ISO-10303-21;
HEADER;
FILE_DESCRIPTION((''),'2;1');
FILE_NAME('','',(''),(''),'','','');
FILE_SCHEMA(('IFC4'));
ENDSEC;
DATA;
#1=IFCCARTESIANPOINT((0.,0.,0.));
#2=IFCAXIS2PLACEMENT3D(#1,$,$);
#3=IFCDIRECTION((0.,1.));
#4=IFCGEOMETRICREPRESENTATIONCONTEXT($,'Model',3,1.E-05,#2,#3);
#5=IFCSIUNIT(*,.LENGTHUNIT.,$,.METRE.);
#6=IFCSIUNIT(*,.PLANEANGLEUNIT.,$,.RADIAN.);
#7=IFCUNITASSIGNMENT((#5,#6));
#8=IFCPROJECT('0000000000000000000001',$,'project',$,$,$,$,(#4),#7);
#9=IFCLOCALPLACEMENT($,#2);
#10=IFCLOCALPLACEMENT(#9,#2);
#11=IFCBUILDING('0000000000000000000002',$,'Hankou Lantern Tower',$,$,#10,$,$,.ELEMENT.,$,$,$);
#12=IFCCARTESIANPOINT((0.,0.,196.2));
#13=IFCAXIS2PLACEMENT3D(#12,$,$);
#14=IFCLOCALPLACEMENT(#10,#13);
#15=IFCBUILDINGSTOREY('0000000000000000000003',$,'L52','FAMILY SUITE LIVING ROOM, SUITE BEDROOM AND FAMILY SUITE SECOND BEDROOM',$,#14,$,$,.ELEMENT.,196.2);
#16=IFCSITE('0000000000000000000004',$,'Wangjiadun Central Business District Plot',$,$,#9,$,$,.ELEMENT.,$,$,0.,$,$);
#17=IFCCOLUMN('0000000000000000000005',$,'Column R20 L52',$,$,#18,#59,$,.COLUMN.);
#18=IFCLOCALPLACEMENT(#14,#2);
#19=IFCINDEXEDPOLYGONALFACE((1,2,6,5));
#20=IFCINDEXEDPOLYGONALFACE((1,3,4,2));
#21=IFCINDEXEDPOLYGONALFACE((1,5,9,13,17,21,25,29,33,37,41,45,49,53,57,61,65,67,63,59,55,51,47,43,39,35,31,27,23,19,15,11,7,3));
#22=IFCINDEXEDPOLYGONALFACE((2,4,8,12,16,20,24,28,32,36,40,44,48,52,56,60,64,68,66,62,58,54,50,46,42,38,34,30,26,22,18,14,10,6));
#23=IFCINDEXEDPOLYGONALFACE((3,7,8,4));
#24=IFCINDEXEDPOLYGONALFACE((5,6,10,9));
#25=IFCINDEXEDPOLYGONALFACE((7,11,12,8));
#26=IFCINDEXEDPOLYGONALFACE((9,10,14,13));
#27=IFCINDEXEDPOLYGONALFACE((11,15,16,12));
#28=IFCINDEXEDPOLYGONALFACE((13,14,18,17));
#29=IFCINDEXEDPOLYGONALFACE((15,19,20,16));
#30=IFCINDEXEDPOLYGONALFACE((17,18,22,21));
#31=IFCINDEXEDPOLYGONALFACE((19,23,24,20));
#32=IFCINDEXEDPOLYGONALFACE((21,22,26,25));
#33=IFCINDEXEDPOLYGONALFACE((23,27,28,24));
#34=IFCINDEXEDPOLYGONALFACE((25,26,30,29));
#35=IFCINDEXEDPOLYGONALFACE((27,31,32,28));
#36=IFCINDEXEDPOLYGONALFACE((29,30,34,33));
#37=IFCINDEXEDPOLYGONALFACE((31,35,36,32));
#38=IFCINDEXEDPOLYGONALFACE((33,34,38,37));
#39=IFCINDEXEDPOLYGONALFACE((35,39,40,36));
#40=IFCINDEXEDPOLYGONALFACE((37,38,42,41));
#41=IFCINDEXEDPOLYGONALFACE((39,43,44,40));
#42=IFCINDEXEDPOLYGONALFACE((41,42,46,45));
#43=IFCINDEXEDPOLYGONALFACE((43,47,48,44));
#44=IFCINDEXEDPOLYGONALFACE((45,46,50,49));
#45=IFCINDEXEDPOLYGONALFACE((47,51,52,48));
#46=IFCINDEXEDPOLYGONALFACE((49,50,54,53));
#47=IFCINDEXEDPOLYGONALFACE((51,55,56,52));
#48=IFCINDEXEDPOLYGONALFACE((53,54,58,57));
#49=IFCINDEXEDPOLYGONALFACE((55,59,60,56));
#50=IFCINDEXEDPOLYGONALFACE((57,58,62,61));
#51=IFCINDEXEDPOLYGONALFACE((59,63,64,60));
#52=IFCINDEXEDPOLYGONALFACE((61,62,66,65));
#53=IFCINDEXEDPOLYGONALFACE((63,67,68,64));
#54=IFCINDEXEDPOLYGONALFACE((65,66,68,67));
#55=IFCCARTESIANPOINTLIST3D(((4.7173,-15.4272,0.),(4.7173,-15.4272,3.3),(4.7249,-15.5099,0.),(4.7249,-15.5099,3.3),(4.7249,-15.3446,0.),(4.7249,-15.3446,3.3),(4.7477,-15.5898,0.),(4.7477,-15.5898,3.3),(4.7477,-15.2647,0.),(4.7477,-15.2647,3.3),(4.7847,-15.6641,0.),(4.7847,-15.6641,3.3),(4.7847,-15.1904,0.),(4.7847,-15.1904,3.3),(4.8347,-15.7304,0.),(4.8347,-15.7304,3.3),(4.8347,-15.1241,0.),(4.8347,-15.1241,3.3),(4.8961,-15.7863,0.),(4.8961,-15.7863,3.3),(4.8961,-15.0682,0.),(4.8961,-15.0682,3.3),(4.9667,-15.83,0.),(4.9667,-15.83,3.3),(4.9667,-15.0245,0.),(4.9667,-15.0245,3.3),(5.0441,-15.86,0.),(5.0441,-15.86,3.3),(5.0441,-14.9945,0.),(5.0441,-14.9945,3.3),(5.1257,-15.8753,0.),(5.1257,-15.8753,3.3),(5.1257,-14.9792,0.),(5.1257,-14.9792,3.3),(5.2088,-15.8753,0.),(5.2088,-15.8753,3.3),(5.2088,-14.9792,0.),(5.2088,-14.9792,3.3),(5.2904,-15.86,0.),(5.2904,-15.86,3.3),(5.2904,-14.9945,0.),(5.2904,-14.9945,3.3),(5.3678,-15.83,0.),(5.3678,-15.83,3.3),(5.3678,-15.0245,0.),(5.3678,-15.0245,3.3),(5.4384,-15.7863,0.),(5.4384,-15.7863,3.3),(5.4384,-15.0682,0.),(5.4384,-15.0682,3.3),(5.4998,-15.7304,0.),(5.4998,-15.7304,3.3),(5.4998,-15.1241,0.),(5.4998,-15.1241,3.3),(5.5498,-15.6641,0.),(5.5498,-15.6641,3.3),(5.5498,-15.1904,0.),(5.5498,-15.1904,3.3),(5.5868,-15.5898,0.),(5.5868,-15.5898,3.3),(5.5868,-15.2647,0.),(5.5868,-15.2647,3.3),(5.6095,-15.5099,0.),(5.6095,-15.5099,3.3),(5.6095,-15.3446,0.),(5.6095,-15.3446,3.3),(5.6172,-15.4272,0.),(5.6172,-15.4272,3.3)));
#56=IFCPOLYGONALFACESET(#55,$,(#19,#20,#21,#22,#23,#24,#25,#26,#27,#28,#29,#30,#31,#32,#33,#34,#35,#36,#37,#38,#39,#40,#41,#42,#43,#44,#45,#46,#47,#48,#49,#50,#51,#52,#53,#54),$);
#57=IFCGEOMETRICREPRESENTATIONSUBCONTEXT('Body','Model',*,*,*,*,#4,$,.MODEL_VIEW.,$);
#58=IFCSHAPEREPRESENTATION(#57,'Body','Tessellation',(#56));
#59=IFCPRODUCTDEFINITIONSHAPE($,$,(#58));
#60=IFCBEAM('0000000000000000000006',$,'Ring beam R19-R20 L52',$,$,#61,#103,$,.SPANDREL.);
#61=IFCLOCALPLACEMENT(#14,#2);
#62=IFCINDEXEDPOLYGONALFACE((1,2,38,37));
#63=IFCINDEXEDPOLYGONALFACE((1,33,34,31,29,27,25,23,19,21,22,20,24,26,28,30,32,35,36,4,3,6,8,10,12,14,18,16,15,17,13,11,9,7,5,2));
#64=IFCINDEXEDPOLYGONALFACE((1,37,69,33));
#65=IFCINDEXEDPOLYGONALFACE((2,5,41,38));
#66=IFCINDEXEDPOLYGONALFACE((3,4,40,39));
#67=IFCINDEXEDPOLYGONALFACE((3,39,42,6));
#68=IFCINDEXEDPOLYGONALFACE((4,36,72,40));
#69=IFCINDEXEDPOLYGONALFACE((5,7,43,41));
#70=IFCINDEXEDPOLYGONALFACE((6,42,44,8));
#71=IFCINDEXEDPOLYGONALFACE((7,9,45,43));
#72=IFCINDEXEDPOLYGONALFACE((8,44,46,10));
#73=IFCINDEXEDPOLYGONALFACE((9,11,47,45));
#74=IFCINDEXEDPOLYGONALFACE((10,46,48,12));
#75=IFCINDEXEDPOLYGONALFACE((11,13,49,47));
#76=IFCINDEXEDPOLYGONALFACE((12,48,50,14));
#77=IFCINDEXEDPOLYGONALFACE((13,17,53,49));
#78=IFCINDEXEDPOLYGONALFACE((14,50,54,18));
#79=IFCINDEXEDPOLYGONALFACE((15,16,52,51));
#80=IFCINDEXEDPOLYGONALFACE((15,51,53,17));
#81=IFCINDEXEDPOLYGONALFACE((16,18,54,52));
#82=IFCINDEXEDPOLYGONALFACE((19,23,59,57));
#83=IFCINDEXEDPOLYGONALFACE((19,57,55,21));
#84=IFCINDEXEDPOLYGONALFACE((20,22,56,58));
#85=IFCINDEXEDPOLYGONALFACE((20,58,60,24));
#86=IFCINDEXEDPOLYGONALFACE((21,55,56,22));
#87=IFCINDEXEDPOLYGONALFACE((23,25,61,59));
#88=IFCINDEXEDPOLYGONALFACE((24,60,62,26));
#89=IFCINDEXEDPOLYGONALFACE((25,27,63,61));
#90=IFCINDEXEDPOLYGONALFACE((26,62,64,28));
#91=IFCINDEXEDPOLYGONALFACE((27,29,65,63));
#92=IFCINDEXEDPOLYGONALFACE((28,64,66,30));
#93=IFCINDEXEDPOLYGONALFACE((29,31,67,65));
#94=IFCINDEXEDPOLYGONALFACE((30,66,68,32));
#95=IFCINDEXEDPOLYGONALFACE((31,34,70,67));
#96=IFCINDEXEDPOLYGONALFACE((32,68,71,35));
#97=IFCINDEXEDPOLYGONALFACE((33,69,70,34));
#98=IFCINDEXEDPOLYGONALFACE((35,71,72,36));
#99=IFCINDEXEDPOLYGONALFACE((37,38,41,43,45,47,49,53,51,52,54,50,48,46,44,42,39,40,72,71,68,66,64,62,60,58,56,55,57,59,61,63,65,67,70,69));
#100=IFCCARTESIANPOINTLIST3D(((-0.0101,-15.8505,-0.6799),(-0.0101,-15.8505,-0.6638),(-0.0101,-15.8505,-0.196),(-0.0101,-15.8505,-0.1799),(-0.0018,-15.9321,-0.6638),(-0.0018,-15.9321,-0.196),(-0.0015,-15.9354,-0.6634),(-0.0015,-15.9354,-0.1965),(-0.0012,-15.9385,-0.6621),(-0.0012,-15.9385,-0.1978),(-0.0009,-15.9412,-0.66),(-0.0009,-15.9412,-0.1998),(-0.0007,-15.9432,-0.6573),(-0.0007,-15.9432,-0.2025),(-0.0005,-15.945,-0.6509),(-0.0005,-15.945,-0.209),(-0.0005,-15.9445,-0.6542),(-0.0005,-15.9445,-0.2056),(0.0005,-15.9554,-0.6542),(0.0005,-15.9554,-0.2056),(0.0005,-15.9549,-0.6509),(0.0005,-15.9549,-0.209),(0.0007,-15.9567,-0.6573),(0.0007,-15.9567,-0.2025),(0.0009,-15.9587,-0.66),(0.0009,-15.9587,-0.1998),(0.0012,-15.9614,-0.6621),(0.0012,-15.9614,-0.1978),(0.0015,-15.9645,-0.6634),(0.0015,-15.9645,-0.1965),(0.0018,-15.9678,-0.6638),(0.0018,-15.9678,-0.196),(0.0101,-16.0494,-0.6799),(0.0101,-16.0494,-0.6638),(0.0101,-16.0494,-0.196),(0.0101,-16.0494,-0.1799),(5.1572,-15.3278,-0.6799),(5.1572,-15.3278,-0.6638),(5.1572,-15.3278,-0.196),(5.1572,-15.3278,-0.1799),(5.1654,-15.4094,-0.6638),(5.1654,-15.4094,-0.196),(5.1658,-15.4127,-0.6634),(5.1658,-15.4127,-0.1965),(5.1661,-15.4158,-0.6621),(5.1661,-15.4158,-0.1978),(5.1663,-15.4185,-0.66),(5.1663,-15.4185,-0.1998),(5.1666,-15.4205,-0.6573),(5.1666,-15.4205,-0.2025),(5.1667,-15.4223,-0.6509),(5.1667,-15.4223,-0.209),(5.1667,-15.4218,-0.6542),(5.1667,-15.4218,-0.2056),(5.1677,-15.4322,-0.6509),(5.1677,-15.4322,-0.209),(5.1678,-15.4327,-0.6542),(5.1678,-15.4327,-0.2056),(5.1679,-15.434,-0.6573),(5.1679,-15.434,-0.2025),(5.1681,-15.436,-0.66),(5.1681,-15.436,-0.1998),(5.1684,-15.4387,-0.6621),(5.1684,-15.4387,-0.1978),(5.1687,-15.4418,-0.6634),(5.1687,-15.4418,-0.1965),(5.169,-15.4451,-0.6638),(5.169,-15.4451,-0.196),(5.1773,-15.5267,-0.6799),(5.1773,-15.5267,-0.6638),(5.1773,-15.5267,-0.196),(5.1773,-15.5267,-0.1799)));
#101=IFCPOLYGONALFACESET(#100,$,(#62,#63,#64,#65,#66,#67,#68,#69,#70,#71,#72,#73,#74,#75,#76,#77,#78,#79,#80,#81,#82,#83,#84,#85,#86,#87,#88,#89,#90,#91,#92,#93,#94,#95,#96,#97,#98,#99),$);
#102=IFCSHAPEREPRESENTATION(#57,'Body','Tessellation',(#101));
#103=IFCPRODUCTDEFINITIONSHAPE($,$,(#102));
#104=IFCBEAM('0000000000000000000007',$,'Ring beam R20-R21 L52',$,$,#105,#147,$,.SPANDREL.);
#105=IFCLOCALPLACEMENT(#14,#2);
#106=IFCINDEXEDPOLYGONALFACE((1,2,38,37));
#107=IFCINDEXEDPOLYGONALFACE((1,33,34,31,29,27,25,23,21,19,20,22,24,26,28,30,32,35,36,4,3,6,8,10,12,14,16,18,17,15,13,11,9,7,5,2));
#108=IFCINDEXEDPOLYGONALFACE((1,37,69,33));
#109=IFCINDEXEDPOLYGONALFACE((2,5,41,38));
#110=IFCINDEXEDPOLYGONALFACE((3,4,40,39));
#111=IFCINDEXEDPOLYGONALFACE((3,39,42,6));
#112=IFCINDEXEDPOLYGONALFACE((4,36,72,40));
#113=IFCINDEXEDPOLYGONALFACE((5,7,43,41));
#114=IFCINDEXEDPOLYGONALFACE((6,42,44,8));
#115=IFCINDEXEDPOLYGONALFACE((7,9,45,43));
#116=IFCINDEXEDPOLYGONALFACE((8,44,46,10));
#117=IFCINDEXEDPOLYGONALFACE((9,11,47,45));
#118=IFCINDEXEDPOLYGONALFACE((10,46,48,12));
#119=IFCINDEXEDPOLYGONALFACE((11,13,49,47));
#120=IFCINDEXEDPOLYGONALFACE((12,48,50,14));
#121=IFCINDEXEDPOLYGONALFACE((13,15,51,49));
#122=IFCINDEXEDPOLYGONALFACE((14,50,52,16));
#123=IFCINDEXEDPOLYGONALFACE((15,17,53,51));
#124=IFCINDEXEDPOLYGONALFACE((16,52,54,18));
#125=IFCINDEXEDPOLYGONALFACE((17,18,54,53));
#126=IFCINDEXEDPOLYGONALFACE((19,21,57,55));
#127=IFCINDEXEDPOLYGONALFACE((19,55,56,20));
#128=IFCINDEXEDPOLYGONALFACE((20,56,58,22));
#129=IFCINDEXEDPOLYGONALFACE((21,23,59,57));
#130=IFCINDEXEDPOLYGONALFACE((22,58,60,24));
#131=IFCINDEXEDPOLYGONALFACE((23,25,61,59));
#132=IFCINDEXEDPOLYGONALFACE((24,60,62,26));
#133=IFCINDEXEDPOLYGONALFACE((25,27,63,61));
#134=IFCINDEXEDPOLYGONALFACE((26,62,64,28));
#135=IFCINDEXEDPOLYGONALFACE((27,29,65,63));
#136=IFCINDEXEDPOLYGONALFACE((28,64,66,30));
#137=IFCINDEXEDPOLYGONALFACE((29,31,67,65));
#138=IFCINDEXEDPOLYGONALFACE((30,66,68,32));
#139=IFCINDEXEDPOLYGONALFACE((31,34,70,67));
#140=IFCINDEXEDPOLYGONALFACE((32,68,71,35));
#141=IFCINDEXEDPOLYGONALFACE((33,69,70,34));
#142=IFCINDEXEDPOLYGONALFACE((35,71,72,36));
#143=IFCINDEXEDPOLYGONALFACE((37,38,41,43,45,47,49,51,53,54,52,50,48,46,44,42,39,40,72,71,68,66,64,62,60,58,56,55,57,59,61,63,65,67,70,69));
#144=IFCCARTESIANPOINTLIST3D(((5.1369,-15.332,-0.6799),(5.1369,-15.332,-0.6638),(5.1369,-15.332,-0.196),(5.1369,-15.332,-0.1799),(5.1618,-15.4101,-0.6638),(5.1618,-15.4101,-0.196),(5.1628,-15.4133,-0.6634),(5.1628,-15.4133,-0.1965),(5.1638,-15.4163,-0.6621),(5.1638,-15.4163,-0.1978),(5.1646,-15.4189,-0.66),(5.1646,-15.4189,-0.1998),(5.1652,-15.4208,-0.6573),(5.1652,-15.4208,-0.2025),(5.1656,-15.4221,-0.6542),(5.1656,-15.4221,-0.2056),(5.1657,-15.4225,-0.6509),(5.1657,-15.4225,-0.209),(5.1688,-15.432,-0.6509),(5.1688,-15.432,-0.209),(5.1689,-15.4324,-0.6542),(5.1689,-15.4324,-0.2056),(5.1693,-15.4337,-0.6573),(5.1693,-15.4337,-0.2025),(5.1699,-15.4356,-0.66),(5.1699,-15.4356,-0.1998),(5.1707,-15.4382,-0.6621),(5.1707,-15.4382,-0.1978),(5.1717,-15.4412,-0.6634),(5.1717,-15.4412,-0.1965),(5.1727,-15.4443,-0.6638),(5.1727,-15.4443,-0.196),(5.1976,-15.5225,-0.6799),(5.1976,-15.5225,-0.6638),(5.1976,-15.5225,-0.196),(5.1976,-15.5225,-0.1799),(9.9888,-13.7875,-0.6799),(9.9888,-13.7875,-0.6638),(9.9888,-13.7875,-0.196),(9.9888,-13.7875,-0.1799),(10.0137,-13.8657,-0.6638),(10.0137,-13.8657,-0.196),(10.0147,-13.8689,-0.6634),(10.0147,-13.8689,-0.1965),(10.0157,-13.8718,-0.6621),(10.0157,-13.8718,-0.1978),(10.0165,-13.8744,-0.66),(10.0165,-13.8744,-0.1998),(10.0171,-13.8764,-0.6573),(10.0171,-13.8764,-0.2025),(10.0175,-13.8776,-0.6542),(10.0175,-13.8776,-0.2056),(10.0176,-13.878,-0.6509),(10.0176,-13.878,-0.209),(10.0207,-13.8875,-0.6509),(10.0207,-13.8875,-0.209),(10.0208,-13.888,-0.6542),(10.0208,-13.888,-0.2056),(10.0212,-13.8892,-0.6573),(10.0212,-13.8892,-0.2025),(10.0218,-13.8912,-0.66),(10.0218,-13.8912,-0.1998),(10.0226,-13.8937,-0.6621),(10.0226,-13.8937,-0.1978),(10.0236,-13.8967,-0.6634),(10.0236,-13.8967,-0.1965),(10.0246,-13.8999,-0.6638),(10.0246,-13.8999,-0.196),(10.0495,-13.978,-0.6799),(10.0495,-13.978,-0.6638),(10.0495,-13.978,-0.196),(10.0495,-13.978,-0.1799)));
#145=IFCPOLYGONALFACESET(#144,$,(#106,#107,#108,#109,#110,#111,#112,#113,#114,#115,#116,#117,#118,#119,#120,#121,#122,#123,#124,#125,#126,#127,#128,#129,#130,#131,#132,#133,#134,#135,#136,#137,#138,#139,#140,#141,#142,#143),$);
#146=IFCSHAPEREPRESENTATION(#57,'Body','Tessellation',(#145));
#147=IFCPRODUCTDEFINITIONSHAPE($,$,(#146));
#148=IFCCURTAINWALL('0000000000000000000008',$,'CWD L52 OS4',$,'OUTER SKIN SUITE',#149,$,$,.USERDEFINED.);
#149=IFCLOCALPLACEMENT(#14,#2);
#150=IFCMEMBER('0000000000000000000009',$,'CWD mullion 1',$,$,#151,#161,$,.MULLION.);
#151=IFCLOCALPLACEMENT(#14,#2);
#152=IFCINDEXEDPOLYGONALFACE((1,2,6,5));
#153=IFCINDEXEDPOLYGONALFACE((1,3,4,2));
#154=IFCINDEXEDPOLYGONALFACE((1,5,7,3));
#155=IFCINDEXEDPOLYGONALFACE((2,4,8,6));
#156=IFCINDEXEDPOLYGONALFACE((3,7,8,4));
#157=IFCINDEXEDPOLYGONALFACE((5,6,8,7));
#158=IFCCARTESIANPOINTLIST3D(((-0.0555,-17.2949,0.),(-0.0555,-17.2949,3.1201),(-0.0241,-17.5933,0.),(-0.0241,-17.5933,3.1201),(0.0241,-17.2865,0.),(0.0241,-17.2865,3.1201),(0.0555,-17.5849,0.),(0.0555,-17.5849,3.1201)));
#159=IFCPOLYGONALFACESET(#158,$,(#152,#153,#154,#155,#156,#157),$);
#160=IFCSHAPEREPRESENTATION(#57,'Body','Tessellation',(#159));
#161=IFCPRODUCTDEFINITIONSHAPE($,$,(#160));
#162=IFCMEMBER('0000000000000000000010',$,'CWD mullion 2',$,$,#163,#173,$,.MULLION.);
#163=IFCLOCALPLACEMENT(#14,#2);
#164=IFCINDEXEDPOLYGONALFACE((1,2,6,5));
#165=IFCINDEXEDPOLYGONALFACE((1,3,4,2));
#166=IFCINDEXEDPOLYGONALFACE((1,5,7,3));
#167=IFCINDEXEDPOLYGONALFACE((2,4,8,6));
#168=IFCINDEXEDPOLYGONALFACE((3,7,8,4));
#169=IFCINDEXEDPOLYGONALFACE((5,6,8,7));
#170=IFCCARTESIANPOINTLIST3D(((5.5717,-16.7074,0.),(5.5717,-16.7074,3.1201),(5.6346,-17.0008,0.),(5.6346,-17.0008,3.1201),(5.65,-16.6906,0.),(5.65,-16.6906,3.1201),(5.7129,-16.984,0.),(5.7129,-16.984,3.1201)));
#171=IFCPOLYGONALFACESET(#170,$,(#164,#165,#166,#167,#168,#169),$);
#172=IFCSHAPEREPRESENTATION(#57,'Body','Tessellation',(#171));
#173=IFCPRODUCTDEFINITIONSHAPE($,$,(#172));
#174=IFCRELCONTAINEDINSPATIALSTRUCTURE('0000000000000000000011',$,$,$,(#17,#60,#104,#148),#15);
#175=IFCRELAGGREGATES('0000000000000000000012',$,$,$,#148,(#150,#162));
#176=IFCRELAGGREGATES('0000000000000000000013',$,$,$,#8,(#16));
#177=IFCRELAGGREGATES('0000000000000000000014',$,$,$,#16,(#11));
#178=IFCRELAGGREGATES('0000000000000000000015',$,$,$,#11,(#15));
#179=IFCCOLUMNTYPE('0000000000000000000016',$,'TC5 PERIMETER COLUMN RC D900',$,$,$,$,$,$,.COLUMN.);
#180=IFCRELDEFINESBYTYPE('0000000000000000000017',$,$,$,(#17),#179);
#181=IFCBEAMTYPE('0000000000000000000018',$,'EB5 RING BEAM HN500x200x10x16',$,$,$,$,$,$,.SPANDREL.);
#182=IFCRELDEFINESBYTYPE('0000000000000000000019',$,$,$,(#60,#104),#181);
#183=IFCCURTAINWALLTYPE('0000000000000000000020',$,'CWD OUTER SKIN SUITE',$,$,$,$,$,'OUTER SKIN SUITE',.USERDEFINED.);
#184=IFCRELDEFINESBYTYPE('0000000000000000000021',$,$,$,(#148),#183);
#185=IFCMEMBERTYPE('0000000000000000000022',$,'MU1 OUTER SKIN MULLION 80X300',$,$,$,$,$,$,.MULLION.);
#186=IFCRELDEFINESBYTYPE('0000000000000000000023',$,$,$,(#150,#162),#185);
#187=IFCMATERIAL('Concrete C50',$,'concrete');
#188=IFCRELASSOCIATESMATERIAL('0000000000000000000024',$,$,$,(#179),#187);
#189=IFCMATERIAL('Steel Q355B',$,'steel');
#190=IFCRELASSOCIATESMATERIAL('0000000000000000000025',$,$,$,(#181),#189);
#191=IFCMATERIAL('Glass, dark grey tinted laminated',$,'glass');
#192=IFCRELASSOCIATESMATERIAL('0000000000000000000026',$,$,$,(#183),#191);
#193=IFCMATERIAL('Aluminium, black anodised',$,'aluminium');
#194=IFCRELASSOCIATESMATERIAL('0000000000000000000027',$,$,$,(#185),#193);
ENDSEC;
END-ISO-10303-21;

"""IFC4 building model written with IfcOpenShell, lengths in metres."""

from ifc_helpers import new_model, si_unit, direction, frame, origin, origin_2d, place, context, subcontext, project, spatial, rectangle, circle, i_section, extrude, material, material_profile, profile_set, type_object, element, aggregate, save


model = new_model("IFC4")

# Units and contexts
model_context = context("Model", 3, precision=1e-05, world=origin(), true_north=direction((0.0, 1.0)))
body_context = subcontext(model_context, "Body", "Model", "MODEL_VIEW")
ifc_project = project(units=[si_unit("LENGTHUNIT", "METRE"), si_unit("PLANEANGLEUNIT", "RADIAN")], contexts=[model_context])

# Site, building, storey
site_placement = place(None, origin())
site = spatial("IfcSite", under=ifc_project, at=site_placement, Name="Wangjiadun Central Business District Plot", CompositionType="ELEMENT", RefElevation=0.0)
building_placement = place(site_placement, origin())
building = spatial("IfcBuilding", under=site, at=building_placement, Name="Hankou Lantern Tower", CompositionType="ELEMENT")
storey_placement = place(building_placement, frame((0.0, 0.0, 196.2)))
storey = spatial("IfcBuildingStorey", under=building, at=storey_placement, Name="L52", Description="FAMILY SUITE LIVING ROOM, SUITE BEDROOM AND FAMILY SUITE SECOND BEDROOM", CompositionType="ELEMENT", Elevation=196.2)

# Column
ifc_material_1 = material(Name="Concrete C50", Category="concrete")
ifc_material_profile_1 = material_profile(ifc_material_1, circle(Radius=0.45, at=origin_2d()), Name="RC D900")
ifc_profile_set_1 = profile_set([ifc_material_profile_1], Name="Concrete C50")
column_type = type_object("IfcColumnType", Name="TC5 PERIMETER COLUMN RC D900", PredefinedType="COLUMN", material=ifc_profile_set_1)
column_placement = place(storey_placement, frame((5.1672, -15.4272, 0.0), z_axis=(0.0, 0.0, 1.0), x_axis=(1.0, 0.0, 0.0)))
element("IfcColumn", 1, at=column_placement, inside=storey, type_object=column_type, Name="Column R20 L52", PredefinedType="COLUMN", context=body_context, shape_type="SweptSolid", body=[
    extrude(circle(Radius=0.45, at=origin_2d()), origin(), (0.0, 0.0, 1.0), 3.3),
])

# Beams
ifc_material_2 = material(Name="Steel Q355B", Category="steel")
ifc_material_profile_2 = material_profile(ifc_material_2, i_section(OverallWidth=0.2, OverallDepth=0.5, WebThickness=0.01, FlangeThickness=0.0161, FilletRadius=0.0129, at=origin_2d()), Name="HN500x200x10x16")
ifc_profile_set_2 = profile_set([ifc_material_profile_2], Name="Steel Q355B")
beam_type_1 = type_object("IfcBeamType", Name="EB5 RING BEAM HN500x200x10x16", PredefinedType="SPANDREL", material=ifc_profile_set_2)
beam_1_placement = place(storey_placement, frame((0.0, -15.95, -0.4299), z_axis=(0.994923, 0.100644, 0.0), x_axis=(-0.100644, 0.994923, 0.0)))
element("IfcBeam", 2, at=beam_1_placement, inside=storey, type_object=beam_type_1, Name="Ring beam R19-R20 L52", PredefinedType="SPANDREL", context=body_context, shape_type="SweptSolid", body=[
    extrude(i_section(OverallWidth=0.2, OverallDepth=0.5, WebThickness=0.01, FlangeThickness=0.0161, FilletRadius=0.0129, at=origin_2d()), origin(), (0.0, 0.0, 1.0), 5.1936),
])
beam_2_placement = place(storey_placement, frame((5.1672, -15.4272, -0.4299), z_axis=(0.952887, 0.303324, 0.0), x_axis=(-0.303324, 0.952887, 0.0)))
element("IfcBeam", 3, at=beam_2_placement, inside=storey, type_object=beam_type_1, Name="Ring beam R20-R21 L52", PredefinedType="SPANDREL", context=body_context, shape_type="SweptSolid", body=[
    extrude(i_section(OverallWidth=0.2, OverallDepth=0.5, WebThickness=0.01, FlangeThickness=0.0161, FilletRadius=0.0129, at=origin_2d()), origin(), (0.0, 0.0, 1.0), 5.0918),
])

# Curtain wall, members
ifc_material_3 = material(Name="Glass, dark grey tinted laminated", Category="glass")
curtain_wall_type = type_object("IfcCurtainWallType", Name="CWD OUTER SKIN SUITE", ElementType="OUTER SKIN SUITE", PredefinedType="USERDEFINED", material=ifc_material_3)
curtain_wall_placement = place(storey_placement, origin())
curtain_wall = element("IfcCurtainWall", 4, at=curtain_wall_placement, inside=storey, type_object=curtain_wall_type, Name="CWD L52 OS4", ObjectType="OUTER SKIN SUITE", PredefinedType="USERDEFINED")
ifc_material_4 = material(Name="Aluminium, black anodised", Category="aluminium")
ifc_material_profile_3 = material_profile(ifc_material_4, rectangle(XDim=0.0801, YDim=0.3, at=origin_2d()), Name="MU1 80X300")
ifc_profile_set_3 = profile_set([ifc_material_profile_3], Name="Aluminium, black anodised")
member_type_1 = type_object("IfcMemberType", Name="MU1 OUTER SKIN MULLION 80X300", PredefinedType="MULLION", material=ifc_profile_set_3)
member_1_placement = place(storey_placement, frame((0.0, -17.4399, 0.0), z_axis=(0.0, 0.0, 1.0), x_axis=(0.994499, 0.104743, 0.0)))
member_1 = element("IfcMember", 5, at=member_1_placement, type_object=member_type_1, Name="CWD mullion 1", PredefinedType="MULLION", context=body_context, shape_type="SweptSolid", body=[
    extrude(rectangle(XDim=0.0801, YDim=0.3, at=origin_2d()), origin(), (0.0, 0.0, 1.0), 3.1201),
])
member_2_placement = place(storey_placement, frame((5.6423, -16.8457, 0.0), z_axis=(0.0, 0.0, 1.0), x_axis=(0.977788, 0.209598, 0.0)))
member_2 = element("IfcMember", 6, at=member_2_placement, type_object=member_type_1, Name="CWD mullion 2", PredefinedType="MULLION", context=body_context, shape_type="SweptSolid", body=[
    extrude(rectangle(XDim=0.0801, YDim=0.3, at=origin_2d()), origin(), (0.0, 0.0, 1.0), 3.1201),
])

aggregate(curtain_wall, [member_1, member_2])

save(model, "model.ifc")
